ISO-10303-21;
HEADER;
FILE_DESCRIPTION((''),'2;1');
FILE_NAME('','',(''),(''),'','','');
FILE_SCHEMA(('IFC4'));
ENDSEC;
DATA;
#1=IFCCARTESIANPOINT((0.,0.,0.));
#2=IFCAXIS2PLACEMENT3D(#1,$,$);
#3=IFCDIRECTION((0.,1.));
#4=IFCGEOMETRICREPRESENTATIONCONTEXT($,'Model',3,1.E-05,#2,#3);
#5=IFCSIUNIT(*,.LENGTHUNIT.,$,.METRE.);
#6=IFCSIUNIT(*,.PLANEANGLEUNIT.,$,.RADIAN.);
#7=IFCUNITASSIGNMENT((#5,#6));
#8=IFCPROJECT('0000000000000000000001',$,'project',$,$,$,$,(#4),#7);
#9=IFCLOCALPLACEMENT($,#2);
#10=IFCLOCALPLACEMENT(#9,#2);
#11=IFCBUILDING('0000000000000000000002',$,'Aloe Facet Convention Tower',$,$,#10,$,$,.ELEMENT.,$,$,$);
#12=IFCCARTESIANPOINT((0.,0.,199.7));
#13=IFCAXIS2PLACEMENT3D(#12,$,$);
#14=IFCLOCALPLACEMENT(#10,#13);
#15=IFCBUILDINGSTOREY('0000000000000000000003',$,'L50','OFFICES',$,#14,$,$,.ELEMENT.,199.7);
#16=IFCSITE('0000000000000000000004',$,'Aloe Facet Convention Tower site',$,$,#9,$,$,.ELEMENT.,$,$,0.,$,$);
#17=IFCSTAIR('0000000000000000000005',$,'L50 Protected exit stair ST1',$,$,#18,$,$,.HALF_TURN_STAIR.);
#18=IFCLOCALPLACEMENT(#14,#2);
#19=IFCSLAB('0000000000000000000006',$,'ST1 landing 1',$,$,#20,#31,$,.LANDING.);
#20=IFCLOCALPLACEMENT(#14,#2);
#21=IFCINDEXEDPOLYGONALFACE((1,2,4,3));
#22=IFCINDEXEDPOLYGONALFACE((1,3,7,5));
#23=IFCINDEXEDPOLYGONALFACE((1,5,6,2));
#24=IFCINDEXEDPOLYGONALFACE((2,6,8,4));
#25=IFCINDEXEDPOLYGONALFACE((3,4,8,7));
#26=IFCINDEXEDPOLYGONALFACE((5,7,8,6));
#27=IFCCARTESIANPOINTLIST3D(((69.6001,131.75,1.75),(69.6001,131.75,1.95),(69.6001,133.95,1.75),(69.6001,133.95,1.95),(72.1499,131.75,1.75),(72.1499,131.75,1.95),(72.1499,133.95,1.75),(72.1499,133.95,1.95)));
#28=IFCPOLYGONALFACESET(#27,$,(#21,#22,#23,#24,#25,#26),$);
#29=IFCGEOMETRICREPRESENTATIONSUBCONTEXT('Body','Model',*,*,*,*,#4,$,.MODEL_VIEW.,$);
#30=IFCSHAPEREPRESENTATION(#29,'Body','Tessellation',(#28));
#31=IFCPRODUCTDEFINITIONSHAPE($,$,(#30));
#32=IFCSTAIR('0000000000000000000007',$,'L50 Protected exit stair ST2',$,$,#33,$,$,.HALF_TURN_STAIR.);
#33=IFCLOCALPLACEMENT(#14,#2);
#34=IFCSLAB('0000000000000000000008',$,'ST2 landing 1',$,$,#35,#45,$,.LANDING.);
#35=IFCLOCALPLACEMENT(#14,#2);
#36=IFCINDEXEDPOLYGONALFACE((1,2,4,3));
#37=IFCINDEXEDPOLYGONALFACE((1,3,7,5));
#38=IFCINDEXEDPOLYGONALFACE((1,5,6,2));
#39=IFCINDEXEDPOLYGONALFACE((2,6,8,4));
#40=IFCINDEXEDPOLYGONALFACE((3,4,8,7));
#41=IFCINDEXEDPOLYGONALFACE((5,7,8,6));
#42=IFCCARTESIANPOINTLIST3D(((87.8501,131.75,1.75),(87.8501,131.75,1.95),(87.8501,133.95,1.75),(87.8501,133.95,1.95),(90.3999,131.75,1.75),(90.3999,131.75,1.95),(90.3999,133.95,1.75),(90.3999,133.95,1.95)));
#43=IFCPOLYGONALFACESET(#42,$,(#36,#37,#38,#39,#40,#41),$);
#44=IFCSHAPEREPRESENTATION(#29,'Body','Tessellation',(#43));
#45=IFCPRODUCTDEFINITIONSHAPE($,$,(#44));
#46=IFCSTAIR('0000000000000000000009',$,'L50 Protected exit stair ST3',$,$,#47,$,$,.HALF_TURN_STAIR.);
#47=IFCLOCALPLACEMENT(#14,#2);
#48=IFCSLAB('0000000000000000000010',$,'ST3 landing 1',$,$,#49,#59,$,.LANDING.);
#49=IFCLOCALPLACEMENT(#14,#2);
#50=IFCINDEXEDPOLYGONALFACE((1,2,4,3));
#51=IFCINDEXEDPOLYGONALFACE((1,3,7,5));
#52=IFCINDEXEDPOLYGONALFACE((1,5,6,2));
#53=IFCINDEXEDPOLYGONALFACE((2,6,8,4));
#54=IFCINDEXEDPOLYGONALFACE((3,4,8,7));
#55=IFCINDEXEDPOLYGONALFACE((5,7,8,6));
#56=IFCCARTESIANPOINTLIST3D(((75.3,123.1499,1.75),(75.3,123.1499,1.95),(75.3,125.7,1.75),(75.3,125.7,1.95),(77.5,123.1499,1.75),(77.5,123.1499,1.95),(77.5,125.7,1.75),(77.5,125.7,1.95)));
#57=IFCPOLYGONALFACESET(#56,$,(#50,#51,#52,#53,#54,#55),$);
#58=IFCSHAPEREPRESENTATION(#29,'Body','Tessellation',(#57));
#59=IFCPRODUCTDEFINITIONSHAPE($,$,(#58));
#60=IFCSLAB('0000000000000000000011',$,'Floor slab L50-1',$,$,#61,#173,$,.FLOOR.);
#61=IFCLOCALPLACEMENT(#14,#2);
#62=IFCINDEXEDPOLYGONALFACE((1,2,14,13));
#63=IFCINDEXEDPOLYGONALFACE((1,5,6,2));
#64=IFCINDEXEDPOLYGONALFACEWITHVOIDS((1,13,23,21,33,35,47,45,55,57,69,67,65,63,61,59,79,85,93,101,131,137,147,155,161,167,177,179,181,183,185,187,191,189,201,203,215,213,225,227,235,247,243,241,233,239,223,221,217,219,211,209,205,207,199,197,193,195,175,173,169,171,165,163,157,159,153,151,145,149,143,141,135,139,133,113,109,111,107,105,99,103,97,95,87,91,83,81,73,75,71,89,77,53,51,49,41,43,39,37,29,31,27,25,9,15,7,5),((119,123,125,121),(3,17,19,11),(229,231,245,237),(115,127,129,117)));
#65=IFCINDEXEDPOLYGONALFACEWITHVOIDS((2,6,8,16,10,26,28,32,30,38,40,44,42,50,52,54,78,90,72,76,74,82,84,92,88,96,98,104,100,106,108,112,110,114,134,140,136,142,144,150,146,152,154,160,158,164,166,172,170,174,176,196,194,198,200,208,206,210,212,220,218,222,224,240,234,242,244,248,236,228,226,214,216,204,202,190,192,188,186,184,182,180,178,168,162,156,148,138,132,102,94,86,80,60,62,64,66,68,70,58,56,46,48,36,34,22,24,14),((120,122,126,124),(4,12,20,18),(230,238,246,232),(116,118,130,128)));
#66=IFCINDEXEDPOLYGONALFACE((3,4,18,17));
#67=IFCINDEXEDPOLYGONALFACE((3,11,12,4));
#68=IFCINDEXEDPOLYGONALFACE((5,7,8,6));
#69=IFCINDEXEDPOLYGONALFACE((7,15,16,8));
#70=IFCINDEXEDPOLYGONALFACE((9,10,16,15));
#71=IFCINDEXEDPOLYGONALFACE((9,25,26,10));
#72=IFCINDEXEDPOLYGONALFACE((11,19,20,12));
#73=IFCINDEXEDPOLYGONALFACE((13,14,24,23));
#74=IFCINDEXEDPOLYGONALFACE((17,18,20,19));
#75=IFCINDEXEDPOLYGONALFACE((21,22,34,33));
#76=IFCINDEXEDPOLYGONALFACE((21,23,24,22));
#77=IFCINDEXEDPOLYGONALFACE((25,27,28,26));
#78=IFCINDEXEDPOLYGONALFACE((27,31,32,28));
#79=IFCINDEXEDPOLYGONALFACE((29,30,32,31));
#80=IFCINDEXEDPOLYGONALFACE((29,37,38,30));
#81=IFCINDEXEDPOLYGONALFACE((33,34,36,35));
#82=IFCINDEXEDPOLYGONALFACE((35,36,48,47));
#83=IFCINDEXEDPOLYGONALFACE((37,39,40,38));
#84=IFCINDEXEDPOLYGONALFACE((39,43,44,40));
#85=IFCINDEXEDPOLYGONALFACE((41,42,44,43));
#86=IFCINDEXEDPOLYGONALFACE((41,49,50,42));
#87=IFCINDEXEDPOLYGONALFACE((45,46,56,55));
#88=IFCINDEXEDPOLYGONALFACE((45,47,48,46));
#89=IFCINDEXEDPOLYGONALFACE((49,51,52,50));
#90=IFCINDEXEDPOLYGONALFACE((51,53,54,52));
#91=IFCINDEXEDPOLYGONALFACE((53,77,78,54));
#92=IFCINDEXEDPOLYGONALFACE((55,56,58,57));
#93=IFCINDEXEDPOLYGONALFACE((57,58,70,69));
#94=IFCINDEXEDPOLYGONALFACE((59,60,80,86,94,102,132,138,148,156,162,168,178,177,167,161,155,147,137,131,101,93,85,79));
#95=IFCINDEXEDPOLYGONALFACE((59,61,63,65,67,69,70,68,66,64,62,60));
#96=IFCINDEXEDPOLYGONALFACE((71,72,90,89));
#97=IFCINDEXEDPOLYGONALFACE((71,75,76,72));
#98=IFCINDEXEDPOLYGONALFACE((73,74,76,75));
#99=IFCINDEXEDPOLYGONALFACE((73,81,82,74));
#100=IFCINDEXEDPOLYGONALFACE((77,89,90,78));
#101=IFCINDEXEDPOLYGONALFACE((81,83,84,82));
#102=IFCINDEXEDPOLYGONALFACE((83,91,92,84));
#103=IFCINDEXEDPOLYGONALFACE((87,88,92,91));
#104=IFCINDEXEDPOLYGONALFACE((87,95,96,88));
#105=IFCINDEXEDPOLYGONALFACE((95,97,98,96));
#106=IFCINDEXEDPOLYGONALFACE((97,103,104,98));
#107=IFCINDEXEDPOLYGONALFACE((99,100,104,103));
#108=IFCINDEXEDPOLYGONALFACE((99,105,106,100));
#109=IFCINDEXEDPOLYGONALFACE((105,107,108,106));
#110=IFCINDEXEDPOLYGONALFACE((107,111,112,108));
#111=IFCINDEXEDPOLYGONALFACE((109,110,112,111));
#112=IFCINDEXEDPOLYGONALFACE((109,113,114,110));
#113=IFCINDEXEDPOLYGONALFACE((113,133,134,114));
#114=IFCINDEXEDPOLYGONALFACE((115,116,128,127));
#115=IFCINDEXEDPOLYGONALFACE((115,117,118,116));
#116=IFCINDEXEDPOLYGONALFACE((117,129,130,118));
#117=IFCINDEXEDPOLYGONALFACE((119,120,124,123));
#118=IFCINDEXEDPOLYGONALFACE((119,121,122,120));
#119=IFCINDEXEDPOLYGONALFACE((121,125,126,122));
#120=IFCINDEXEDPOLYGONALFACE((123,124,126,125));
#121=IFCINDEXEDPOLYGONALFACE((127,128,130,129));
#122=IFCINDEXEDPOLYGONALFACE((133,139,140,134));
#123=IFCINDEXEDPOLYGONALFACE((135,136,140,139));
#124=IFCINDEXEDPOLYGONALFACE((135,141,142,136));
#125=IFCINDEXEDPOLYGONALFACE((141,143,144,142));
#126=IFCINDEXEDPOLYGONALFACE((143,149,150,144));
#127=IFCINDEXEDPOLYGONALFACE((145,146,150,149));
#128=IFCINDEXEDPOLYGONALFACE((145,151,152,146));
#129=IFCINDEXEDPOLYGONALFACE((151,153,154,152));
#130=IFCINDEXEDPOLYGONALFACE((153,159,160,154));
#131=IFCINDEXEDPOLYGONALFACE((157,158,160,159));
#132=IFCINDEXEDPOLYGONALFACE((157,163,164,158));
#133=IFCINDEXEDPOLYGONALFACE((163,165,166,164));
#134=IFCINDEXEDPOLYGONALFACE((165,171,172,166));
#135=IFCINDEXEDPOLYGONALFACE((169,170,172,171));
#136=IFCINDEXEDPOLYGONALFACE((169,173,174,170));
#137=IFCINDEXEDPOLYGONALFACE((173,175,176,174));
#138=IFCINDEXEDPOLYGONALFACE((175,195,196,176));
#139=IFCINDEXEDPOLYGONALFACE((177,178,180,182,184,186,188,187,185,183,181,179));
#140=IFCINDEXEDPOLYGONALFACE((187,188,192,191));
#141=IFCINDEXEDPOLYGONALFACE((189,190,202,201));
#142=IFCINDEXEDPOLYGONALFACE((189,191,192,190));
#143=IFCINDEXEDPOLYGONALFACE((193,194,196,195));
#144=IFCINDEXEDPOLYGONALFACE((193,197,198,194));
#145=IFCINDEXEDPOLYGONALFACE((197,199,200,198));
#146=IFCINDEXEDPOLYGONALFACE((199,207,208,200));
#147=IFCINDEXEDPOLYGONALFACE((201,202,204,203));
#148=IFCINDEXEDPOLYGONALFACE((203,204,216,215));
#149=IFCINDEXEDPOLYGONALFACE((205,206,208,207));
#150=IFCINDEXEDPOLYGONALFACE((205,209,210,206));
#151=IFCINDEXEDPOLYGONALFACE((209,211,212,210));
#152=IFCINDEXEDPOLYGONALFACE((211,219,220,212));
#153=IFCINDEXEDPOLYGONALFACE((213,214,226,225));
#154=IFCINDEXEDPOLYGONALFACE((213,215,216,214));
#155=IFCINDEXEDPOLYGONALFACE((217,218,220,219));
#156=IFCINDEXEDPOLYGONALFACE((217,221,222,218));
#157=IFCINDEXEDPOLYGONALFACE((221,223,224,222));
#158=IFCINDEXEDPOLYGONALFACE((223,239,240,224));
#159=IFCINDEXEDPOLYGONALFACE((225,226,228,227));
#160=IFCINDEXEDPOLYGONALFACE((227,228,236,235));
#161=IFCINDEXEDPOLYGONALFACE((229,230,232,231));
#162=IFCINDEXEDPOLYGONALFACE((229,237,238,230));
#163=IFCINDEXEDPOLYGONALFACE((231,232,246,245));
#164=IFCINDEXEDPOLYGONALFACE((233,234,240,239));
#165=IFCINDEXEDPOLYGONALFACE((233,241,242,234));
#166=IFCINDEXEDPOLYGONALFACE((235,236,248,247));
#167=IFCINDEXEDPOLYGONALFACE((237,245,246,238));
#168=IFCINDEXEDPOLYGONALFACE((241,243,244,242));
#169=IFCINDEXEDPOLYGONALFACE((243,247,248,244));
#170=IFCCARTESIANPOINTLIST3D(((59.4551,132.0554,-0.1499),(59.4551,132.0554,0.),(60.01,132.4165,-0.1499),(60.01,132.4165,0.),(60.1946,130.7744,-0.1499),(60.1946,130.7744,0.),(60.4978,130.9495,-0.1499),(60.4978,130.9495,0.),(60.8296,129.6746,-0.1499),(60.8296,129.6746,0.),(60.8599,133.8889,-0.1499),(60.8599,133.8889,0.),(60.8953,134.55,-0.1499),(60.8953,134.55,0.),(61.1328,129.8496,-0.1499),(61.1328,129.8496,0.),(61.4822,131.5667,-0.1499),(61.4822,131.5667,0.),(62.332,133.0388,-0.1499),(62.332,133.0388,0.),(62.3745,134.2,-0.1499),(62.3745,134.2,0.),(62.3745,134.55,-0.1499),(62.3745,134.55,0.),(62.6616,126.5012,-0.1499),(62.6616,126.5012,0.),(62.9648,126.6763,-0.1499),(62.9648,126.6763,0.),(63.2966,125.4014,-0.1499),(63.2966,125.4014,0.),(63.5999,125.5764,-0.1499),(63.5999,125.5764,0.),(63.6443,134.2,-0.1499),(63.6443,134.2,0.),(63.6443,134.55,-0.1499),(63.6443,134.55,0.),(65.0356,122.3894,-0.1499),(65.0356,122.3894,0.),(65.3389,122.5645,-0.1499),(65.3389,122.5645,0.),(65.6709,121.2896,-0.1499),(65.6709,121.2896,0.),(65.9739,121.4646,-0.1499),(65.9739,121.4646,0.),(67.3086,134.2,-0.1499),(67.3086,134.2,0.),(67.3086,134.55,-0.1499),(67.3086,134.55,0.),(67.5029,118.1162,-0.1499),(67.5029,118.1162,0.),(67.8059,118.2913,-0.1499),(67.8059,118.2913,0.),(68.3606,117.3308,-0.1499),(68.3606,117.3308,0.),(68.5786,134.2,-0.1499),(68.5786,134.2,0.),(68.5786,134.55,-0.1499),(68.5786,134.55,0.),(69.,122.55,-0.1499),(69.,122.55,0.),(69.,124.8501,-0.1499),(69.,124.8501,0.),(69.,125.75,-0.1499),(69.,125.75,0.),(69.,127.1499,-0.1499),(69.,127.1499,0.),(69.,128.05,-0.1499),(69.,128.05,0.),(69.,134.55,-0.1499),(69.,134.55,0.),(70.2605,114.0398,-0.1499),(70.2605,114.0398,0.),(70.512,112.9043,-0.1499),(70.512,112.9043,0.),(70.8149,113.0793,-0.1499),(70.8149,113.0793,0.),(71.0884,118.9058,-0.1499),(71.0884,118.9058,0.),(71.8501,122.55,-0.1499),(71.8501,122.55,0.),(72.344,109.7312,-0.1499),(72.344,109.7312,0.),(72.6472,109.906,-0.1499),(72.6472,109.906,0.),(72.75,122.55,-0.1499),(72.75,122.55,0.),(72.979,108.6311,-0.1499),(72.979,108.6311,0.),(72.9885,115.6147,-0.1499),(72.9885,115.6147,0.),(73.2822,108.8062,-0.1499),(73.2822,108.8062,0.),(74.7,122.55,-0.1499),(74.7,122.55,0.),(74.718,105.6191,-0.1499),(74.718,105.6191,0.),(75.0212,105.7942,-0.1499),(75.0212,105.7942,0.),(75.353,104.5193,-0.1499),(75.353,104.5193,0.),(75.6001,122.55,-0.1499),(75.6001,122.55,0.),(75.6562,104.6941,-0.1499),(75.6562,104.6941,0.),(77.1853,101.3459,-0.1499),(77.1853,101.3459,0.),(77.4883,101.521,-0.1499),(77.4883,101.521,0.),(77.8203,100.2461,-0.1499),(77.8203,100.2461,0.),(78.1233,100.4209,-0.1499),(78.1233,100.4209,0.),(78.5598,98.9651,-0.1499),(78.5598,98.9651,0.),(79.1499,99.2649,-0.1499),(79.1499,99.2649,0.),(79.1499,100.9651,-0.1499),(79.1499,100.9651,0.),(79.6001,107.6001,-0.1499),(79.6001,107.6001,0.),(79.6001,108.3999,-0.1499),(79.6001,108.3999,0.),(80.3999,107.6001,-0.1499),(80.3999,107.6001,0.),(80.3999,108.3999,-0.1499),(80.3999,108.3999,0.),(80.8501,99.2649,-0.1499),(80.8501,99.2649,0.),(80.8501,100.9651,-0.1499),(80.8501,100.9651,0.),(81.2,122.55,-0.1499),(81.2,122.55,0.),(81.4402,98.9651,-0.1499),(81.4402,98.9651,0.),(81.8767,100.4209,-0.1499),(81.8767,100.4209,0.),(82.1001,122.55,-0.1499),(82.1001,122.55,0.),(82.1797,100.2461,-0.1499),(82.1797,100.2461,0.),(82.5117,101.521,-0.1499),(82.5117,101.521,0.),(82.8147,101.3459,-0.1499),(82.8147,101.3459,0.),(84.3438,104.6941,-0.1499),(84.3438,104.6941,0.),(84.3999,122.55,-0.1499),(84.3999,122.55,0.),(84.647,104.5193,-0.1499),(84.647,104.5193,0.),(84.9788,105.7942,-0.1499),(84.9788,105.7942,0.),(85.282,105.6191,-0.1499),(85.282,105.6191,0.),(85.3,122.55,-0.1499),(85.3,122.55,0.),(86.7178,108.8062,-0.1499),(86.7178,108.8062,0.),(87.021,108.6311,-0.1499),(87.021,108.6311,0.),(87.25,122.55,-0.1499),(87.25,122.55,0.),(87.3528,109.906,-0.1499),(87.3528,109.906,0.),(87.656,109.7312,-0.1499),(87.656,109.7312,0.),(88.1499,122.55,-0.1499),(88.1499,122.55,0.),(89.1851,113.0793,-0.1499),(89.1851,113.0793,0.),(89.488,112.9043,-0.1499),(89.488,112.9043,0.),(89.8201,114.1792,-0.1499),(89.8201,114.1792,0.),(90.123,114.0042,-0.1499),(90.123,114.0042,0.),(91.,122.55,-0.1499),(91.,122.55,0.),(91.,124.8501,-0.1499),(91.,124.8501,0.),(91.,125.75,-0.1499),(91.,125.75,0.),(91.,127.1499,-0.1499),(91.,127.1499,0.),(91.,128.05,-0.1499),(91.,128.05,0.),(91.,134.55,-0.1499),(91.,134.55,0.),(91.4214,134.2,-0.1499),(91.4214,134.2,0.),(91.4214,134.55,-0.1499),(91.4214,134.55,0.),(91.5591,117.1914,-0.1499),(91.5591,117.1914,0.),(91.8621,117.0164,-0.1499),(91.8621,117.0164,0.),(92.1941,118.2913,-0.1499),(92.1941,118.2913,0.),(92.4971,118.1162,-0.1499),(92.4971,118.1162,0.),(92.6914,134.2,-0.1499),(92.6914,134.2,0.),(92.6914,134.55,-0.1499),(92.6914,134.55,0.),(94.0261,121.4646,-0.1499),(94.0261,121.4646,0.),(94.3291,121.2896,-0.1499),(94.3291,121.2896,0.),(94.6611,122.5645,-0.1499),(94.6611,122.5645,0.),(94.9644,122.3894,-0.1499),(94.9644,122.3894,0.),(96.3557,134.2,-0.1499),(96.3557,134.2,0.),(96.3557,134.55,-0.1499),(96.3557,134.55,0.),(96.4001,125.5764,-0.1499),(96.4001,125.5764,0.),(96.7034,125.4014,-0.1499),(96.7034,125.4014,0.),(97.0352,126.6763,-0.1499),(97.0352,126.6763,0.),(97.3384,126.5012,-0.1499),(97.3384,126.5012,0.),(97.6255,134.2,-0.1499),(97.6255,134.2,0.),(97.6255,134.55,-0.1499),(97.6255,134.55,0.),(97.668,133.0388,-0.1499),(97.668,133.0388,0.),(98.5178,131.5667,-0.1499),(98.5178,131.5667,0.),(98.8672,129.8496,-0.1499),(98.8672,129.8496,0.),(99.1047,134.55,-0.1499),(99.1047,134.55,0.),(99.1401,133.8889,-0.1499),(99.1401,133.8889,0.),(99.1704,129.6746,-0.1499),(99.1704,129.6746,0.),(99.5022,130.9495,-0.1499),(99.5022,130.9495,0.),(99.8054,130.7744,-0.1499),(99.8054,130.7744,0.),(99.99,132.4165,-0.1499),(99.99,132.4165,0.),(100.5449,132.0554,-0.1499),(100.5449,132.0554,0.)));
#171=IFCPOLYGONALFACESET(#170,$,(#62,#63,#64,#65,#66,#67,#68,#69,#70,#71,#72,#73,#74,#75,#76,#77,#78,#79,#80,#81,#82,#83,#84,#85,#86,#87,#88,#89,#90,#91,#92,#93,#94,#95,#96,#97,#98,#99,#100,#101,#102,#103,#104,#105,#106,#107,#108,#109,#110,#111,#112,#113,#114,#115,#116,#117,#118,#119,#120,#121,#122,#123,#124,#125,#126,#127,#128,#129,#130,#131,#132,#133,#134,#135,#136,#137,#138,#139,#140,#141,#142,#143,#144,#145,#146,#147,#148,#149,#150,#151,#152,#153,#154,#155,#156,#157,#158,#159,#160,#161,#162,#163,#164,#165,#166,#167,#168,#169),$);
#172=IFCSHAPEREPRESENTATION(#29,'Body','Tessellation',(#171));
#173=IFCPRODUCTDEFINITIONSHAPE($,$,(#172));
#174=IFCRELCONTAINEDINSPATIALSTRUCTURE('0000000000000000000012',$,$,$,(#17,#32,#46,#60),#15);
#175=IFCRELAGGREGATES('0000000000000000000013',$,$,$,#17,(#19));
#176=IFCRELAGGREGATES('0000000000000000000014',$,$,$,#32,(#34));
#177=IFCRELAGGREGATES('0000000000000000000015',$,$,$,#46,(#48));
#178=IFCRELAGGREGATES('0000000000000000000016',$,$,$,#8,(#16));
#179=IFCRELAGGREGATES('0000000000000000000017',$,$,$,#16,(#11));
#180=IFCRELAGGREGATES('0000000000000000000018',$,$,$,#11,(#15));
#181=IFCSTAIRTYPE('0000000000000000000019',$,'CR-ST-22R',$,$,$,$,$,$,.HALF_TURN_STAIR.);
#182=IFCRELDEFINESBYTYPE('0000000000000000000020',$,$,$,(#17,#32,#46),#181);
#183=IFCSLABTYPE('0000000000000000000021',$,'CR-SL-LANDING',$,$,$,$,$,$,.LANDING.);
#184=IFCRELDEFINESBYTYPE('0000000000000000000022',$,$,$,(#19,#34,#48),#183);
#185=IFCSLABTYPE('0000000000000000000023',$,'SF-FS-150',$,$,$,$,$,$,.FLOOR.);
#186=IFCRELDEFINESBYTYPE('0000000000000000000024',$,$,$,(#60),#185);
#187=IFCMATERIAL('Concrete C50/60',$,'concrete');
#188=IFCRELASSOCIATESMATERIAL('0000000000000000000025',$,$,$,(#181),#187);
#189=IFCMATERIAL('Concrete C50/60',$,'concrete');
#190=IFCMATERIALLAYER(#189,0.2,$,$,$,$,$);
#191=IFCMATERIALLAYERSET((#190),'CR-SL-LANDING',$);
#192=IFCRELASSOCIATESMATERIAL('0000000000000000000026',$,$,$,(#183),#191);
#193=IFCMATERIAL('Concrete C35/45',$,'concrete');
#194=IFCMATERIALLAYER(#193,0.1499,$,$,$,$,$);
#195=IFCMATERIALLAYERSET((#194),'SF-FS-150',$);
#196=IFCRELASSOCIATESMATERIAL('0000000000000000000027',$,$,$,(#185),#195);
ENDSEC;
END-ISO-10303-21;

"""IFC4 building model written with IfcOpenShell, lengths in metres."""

from ifc_helpers import new_model, si_unit, direction, frame, origin, place, context, subcontext, project, spatial, polyline, outline, extrude, material, layer, layer_set, type_object, element, aggregate, save


model = new_model("IFC4")

# Units and contexts
model_context = context("Model", 3, precision=1e-05, world=origin(), true_north=direction((0.0, 1.0)))
body_context = subcontext(model_context, "Body", "Model", "MODEL_VIEW")
ifc_project = project(units=[si_unit("LENGTHUNIT", "METRE"), si_unit("PLANEANGLEUNIT", "RADIAN")], contexts=[model_context])

# Site, building, storey
site_placement = place(None, origin())
site = spatial("IfcSite", under=ifc_project, at=site_placement, Name="Aloe Facet Convention Tower site", CompositionType="ELEMENT", RefElevation=0.0)
building_placement = place(site_placement, origin())
building = spatial("IfcBuilding", under=site, at=building_placement, Name="Aloe Facet Convention Tower", CompositionType="ELEMENT")
storey_placement = place(building_placement, frame((0.0, 0.0, 199.7)))
storey = spatial("IfcBuildingStorey", under=building, at=storey_placement, Name="L50", Description="OFFICES", CompositionType="ELEMENT", Elevation=199.7)

# Stairs, slabs
ifc_material_1 = material(Name="Concrete C50/60", Category="concrete")
stair_type = type_object("IfcStairType", Name="CR-ST-22R", PredefinedType="HALF_TURN_STAIR", material=ifc_material_1)
stair_1_placement = place(storey_placement, origin())
stair_1 = element("IfcStair", 1, at=stair_1_placement, inside=storey, type_object=stair_type, Name="L50 Protected exit stair ST1", PredefinedType="HALF_TURN_STAIR")
ifc_material_2 = material(Name="Concrete C50/60", Category="concrete")
ifc_layer_1 = layer(ifc_material_2, 0.2)
ifc_layer_set_1 = layer_set([ifc_layer_1], Name="CR-SL-LANDING")
slab_type_1 = type_object("IfcSlabType", Name="CR-SL-LANDING", PredefinedType="LANDING", material=ifc_layer_set_1)
slab_1_placement = place(storey_placement, frame((0.0, 0.0, 1.75)))
slab_1 = element("IfcSlab", 2, at=slab_1_placement, type_object=slab_type_1, Name="ST1 landing 1", PredefinedType="LANDING", context=body_context, shape_type="SweptSolid", body=[
    extrude(outline(polyline([(72.1499, 131.75), (72.1499, 133.95), (69.6001, 133.95), (69.6001, 131.75), (72.1499, 131.75)])), origin(), (0.0, 0.0, 1.0), 0.2),
])
aggregate(stair_1, [slab_1])
stair_2_placement = place(storey_placement, origin())
stair_2 = element("IfcStair", 3, at=stair_2_placement, inside=storey, type_object=stair_type, Name="L50 Protected exit stair ST2", PredefinedType="HALF_TURN_STAIR")
slab_2_placement = place(storey_placement, frame((0.0, 0.0, 1.75)))
slab_2 = element("IfcSlab", 4, at=slab_2_placement, type_object=slab_type_1, Name="ST2 landing 1", PredefinedType="LANDING", context=body_context, shape_type="SweptSolid", body=[
    extrude(outline(polyline([(90.3999, 131.75), (90.3999, 133.95), (87.8501, 133.95), (87.8501, 131.75), (90.3999, 131.75)])), origin(), (0.0, 0.0, 1.0), 0.2),
])
aggregate(stair_2, [slab_2])
stair_3_placement = place(storey_placement, origin())
stair_3 = element("IfcStair", 5, at=stair_3_placement, inside=storey, type_object=stair_type, Name="L50 Protected exit stair ST3", PredefinedType="HALF_TURN_STAIR")
slab_3_placement = place(storey_placement, frame((0.0, 0.0, 1.75)))
slab_3 = element("IfcSlab", 6, at=slab_3_placement, type_object=slab_type_1, Name="ST3 landing 1", PredefinedType="LANDING", context=body_context, shape_type="SweptSolid", body=[
    extrude(outline(polyline([(77.5, 125.7), (75.3, 125.7), (75.3, 123.1499), (77.5, 123.1499), (77.5, 125.7)])), origin(), (0.0, 0.0, 1.0), 0.2),
])
aggregate(stair_3, [slab_3])

# Slab
ifc_material_3 = material(Name="Concrete C35/45", Category="concrete")
ifc_layer_2 = layer(ifc_material_3, 0.1499)
ifc_layer_set_2 = layer_set([ifc_layer_2], Name="SF-FS-150")
slab_type_2 = type_object("IfcSlabType", Name="SF-FS-150", PredefinedType="FLOOR", material=ifc_layer_set_2)
slab_4_placement = place(storey_placement, frame((0.0, 0.0, -0.1499)))
element("IfcSlab", 7, at=slab_4_placement, inside=storey, type_object=slab_type_2, Name="Floor slab L50-1", PredefinedType="FLOOR", context=body_context, shape_type="SweptSolid", body=[
    extrude(outline(polyline([(65.6709, 121.2896), (65.9739, 121.4646), (65.3389, 122.5645), (65.0356, 122.3894), (63.2966, 125.4014), (63.5999, 125.5764), (62.9648, 126.6763), (62.6616, 126.5012), (60.8296, 129.6746), (61.1328, 129.8496), (60.4978, 130.9495), (60.1946, 130.7744), (59.4551, 132.0554), (60.8953, 134.55), (62.3745, 134.55), (62.3745, 134.2), (63.6443, 134.2), (63.6443, 134.55), (67.3086, 134.55), (67.3086, 134.2), (68.5786, 134.2), (68.5786, 134.55), (69.0, 134.55), (69.0, 128.05), (69.0, 127.1499), (69.0, 125.75), (69.0, 124.8501), (69.0, 122.55), (71.8501, 122.55), (72.75, 122.55), (74.7, 122.55), (75.6001, 122.55), (81.2, 122.55), (82.1001, 122.55), (84.3999, 122.55), (85.3, 122.55), (87.25, 122.55), (88.1499, 122.55), (91.0, 122.55), (91.0, 124.8501), (91.0, 125.75), (91.0, 127.1499), (91.0, 128.05), (91.0, 134.55), (91.4214, 134.55), (91.4214, 134.2), (92.6914, 134.2), (92.6914, 134.55), (96.3557, 134.55), (96.3557, 134.2), (97.6255, 134.2), (97.6255, 134.55), (99.1047, 134.55), (100.5449, 132.0554), (99.8054, 130.7744), (99.5022, 130.9495), (98.8672, 129.8496), (99.1704, 129.6746), (97.3384, 126.5012), (97.0352, 126.6763), (96.4001, 125.5764), (96.7034, 125.4014), (94.9644, 122.3894), (94.6611, 122.5645), (94.0261, 121.4646), (94.3291, 121.2896), (92.4971, 118.1162), (92.1941, 118.2913), (91.5591, 117.1914), (91.8621, 117.0164), (90.123, 114.0042), (89.8201, 114.1792), (89.1851, 113.0793), (89.488, 112.9043), (87.656, 109.7312), (87.3528, 109.906), (86.7178, 108.8062), (87.021, 108.6311), (85.282, 105.6191), (84.9788, 105.7942), (84.3438, 104.6941), (84.647, 104.5193), (82.8147, 101.3459), (82.5117, 101.521), (81.8767, 100.4209), (82.1797, 100.2461), (81.4402, 98.9651), (78.5598, 98.9651), (77.8203, 100.2461), (78.1233, 100.4209), (77.4883, 101.521), (77.1853, 101.3459), (75.353, 104.5193), (75.6562, 104.6941), (75.0212, 105.7942), (74.718, 105.6191), (72.979, 108.6311), (73.2822, 108.8062), (72.6472, 109.906), (72.344, 109.7312), (70.512, 112.9043), (70.8149, 113.0793), (70.2605, 114.0398), (72.9885, 115.6147), (71.0884, 118.9058), (68.3606, 117.3308), (67.8059, 118.2913), (67.5029, 118.1162), (65.6709, 121.2896)]), holes=[polyline([(80.8501, 99.2649), (80.8501, 100.9651), (79.1499, 100.9651), (79.1499, 99.2649), (80.8501, 99.2649)]), polyline([(60.8599, 133.8889), (60.01, 132.4165), (61.4822, 131.5667), (62.332, 133.0388), (60.8599, 133.8889)]), polyline([(80.3999, 107.6001), (80.3999, 108.3999), (79.6001, 108.3999), (79.6001, 107.6001), (80.3999, 107.6001)]), polyline([(99.99, 132.4165), (99.1401, 133.8889), (97.668, 133.0388), (98.5178, 131.5667), (99.99, 132.4165)])]), origin(), (0.0, 0.0, 1.0), 0.1499),
])

save(model, "model.ifc")
